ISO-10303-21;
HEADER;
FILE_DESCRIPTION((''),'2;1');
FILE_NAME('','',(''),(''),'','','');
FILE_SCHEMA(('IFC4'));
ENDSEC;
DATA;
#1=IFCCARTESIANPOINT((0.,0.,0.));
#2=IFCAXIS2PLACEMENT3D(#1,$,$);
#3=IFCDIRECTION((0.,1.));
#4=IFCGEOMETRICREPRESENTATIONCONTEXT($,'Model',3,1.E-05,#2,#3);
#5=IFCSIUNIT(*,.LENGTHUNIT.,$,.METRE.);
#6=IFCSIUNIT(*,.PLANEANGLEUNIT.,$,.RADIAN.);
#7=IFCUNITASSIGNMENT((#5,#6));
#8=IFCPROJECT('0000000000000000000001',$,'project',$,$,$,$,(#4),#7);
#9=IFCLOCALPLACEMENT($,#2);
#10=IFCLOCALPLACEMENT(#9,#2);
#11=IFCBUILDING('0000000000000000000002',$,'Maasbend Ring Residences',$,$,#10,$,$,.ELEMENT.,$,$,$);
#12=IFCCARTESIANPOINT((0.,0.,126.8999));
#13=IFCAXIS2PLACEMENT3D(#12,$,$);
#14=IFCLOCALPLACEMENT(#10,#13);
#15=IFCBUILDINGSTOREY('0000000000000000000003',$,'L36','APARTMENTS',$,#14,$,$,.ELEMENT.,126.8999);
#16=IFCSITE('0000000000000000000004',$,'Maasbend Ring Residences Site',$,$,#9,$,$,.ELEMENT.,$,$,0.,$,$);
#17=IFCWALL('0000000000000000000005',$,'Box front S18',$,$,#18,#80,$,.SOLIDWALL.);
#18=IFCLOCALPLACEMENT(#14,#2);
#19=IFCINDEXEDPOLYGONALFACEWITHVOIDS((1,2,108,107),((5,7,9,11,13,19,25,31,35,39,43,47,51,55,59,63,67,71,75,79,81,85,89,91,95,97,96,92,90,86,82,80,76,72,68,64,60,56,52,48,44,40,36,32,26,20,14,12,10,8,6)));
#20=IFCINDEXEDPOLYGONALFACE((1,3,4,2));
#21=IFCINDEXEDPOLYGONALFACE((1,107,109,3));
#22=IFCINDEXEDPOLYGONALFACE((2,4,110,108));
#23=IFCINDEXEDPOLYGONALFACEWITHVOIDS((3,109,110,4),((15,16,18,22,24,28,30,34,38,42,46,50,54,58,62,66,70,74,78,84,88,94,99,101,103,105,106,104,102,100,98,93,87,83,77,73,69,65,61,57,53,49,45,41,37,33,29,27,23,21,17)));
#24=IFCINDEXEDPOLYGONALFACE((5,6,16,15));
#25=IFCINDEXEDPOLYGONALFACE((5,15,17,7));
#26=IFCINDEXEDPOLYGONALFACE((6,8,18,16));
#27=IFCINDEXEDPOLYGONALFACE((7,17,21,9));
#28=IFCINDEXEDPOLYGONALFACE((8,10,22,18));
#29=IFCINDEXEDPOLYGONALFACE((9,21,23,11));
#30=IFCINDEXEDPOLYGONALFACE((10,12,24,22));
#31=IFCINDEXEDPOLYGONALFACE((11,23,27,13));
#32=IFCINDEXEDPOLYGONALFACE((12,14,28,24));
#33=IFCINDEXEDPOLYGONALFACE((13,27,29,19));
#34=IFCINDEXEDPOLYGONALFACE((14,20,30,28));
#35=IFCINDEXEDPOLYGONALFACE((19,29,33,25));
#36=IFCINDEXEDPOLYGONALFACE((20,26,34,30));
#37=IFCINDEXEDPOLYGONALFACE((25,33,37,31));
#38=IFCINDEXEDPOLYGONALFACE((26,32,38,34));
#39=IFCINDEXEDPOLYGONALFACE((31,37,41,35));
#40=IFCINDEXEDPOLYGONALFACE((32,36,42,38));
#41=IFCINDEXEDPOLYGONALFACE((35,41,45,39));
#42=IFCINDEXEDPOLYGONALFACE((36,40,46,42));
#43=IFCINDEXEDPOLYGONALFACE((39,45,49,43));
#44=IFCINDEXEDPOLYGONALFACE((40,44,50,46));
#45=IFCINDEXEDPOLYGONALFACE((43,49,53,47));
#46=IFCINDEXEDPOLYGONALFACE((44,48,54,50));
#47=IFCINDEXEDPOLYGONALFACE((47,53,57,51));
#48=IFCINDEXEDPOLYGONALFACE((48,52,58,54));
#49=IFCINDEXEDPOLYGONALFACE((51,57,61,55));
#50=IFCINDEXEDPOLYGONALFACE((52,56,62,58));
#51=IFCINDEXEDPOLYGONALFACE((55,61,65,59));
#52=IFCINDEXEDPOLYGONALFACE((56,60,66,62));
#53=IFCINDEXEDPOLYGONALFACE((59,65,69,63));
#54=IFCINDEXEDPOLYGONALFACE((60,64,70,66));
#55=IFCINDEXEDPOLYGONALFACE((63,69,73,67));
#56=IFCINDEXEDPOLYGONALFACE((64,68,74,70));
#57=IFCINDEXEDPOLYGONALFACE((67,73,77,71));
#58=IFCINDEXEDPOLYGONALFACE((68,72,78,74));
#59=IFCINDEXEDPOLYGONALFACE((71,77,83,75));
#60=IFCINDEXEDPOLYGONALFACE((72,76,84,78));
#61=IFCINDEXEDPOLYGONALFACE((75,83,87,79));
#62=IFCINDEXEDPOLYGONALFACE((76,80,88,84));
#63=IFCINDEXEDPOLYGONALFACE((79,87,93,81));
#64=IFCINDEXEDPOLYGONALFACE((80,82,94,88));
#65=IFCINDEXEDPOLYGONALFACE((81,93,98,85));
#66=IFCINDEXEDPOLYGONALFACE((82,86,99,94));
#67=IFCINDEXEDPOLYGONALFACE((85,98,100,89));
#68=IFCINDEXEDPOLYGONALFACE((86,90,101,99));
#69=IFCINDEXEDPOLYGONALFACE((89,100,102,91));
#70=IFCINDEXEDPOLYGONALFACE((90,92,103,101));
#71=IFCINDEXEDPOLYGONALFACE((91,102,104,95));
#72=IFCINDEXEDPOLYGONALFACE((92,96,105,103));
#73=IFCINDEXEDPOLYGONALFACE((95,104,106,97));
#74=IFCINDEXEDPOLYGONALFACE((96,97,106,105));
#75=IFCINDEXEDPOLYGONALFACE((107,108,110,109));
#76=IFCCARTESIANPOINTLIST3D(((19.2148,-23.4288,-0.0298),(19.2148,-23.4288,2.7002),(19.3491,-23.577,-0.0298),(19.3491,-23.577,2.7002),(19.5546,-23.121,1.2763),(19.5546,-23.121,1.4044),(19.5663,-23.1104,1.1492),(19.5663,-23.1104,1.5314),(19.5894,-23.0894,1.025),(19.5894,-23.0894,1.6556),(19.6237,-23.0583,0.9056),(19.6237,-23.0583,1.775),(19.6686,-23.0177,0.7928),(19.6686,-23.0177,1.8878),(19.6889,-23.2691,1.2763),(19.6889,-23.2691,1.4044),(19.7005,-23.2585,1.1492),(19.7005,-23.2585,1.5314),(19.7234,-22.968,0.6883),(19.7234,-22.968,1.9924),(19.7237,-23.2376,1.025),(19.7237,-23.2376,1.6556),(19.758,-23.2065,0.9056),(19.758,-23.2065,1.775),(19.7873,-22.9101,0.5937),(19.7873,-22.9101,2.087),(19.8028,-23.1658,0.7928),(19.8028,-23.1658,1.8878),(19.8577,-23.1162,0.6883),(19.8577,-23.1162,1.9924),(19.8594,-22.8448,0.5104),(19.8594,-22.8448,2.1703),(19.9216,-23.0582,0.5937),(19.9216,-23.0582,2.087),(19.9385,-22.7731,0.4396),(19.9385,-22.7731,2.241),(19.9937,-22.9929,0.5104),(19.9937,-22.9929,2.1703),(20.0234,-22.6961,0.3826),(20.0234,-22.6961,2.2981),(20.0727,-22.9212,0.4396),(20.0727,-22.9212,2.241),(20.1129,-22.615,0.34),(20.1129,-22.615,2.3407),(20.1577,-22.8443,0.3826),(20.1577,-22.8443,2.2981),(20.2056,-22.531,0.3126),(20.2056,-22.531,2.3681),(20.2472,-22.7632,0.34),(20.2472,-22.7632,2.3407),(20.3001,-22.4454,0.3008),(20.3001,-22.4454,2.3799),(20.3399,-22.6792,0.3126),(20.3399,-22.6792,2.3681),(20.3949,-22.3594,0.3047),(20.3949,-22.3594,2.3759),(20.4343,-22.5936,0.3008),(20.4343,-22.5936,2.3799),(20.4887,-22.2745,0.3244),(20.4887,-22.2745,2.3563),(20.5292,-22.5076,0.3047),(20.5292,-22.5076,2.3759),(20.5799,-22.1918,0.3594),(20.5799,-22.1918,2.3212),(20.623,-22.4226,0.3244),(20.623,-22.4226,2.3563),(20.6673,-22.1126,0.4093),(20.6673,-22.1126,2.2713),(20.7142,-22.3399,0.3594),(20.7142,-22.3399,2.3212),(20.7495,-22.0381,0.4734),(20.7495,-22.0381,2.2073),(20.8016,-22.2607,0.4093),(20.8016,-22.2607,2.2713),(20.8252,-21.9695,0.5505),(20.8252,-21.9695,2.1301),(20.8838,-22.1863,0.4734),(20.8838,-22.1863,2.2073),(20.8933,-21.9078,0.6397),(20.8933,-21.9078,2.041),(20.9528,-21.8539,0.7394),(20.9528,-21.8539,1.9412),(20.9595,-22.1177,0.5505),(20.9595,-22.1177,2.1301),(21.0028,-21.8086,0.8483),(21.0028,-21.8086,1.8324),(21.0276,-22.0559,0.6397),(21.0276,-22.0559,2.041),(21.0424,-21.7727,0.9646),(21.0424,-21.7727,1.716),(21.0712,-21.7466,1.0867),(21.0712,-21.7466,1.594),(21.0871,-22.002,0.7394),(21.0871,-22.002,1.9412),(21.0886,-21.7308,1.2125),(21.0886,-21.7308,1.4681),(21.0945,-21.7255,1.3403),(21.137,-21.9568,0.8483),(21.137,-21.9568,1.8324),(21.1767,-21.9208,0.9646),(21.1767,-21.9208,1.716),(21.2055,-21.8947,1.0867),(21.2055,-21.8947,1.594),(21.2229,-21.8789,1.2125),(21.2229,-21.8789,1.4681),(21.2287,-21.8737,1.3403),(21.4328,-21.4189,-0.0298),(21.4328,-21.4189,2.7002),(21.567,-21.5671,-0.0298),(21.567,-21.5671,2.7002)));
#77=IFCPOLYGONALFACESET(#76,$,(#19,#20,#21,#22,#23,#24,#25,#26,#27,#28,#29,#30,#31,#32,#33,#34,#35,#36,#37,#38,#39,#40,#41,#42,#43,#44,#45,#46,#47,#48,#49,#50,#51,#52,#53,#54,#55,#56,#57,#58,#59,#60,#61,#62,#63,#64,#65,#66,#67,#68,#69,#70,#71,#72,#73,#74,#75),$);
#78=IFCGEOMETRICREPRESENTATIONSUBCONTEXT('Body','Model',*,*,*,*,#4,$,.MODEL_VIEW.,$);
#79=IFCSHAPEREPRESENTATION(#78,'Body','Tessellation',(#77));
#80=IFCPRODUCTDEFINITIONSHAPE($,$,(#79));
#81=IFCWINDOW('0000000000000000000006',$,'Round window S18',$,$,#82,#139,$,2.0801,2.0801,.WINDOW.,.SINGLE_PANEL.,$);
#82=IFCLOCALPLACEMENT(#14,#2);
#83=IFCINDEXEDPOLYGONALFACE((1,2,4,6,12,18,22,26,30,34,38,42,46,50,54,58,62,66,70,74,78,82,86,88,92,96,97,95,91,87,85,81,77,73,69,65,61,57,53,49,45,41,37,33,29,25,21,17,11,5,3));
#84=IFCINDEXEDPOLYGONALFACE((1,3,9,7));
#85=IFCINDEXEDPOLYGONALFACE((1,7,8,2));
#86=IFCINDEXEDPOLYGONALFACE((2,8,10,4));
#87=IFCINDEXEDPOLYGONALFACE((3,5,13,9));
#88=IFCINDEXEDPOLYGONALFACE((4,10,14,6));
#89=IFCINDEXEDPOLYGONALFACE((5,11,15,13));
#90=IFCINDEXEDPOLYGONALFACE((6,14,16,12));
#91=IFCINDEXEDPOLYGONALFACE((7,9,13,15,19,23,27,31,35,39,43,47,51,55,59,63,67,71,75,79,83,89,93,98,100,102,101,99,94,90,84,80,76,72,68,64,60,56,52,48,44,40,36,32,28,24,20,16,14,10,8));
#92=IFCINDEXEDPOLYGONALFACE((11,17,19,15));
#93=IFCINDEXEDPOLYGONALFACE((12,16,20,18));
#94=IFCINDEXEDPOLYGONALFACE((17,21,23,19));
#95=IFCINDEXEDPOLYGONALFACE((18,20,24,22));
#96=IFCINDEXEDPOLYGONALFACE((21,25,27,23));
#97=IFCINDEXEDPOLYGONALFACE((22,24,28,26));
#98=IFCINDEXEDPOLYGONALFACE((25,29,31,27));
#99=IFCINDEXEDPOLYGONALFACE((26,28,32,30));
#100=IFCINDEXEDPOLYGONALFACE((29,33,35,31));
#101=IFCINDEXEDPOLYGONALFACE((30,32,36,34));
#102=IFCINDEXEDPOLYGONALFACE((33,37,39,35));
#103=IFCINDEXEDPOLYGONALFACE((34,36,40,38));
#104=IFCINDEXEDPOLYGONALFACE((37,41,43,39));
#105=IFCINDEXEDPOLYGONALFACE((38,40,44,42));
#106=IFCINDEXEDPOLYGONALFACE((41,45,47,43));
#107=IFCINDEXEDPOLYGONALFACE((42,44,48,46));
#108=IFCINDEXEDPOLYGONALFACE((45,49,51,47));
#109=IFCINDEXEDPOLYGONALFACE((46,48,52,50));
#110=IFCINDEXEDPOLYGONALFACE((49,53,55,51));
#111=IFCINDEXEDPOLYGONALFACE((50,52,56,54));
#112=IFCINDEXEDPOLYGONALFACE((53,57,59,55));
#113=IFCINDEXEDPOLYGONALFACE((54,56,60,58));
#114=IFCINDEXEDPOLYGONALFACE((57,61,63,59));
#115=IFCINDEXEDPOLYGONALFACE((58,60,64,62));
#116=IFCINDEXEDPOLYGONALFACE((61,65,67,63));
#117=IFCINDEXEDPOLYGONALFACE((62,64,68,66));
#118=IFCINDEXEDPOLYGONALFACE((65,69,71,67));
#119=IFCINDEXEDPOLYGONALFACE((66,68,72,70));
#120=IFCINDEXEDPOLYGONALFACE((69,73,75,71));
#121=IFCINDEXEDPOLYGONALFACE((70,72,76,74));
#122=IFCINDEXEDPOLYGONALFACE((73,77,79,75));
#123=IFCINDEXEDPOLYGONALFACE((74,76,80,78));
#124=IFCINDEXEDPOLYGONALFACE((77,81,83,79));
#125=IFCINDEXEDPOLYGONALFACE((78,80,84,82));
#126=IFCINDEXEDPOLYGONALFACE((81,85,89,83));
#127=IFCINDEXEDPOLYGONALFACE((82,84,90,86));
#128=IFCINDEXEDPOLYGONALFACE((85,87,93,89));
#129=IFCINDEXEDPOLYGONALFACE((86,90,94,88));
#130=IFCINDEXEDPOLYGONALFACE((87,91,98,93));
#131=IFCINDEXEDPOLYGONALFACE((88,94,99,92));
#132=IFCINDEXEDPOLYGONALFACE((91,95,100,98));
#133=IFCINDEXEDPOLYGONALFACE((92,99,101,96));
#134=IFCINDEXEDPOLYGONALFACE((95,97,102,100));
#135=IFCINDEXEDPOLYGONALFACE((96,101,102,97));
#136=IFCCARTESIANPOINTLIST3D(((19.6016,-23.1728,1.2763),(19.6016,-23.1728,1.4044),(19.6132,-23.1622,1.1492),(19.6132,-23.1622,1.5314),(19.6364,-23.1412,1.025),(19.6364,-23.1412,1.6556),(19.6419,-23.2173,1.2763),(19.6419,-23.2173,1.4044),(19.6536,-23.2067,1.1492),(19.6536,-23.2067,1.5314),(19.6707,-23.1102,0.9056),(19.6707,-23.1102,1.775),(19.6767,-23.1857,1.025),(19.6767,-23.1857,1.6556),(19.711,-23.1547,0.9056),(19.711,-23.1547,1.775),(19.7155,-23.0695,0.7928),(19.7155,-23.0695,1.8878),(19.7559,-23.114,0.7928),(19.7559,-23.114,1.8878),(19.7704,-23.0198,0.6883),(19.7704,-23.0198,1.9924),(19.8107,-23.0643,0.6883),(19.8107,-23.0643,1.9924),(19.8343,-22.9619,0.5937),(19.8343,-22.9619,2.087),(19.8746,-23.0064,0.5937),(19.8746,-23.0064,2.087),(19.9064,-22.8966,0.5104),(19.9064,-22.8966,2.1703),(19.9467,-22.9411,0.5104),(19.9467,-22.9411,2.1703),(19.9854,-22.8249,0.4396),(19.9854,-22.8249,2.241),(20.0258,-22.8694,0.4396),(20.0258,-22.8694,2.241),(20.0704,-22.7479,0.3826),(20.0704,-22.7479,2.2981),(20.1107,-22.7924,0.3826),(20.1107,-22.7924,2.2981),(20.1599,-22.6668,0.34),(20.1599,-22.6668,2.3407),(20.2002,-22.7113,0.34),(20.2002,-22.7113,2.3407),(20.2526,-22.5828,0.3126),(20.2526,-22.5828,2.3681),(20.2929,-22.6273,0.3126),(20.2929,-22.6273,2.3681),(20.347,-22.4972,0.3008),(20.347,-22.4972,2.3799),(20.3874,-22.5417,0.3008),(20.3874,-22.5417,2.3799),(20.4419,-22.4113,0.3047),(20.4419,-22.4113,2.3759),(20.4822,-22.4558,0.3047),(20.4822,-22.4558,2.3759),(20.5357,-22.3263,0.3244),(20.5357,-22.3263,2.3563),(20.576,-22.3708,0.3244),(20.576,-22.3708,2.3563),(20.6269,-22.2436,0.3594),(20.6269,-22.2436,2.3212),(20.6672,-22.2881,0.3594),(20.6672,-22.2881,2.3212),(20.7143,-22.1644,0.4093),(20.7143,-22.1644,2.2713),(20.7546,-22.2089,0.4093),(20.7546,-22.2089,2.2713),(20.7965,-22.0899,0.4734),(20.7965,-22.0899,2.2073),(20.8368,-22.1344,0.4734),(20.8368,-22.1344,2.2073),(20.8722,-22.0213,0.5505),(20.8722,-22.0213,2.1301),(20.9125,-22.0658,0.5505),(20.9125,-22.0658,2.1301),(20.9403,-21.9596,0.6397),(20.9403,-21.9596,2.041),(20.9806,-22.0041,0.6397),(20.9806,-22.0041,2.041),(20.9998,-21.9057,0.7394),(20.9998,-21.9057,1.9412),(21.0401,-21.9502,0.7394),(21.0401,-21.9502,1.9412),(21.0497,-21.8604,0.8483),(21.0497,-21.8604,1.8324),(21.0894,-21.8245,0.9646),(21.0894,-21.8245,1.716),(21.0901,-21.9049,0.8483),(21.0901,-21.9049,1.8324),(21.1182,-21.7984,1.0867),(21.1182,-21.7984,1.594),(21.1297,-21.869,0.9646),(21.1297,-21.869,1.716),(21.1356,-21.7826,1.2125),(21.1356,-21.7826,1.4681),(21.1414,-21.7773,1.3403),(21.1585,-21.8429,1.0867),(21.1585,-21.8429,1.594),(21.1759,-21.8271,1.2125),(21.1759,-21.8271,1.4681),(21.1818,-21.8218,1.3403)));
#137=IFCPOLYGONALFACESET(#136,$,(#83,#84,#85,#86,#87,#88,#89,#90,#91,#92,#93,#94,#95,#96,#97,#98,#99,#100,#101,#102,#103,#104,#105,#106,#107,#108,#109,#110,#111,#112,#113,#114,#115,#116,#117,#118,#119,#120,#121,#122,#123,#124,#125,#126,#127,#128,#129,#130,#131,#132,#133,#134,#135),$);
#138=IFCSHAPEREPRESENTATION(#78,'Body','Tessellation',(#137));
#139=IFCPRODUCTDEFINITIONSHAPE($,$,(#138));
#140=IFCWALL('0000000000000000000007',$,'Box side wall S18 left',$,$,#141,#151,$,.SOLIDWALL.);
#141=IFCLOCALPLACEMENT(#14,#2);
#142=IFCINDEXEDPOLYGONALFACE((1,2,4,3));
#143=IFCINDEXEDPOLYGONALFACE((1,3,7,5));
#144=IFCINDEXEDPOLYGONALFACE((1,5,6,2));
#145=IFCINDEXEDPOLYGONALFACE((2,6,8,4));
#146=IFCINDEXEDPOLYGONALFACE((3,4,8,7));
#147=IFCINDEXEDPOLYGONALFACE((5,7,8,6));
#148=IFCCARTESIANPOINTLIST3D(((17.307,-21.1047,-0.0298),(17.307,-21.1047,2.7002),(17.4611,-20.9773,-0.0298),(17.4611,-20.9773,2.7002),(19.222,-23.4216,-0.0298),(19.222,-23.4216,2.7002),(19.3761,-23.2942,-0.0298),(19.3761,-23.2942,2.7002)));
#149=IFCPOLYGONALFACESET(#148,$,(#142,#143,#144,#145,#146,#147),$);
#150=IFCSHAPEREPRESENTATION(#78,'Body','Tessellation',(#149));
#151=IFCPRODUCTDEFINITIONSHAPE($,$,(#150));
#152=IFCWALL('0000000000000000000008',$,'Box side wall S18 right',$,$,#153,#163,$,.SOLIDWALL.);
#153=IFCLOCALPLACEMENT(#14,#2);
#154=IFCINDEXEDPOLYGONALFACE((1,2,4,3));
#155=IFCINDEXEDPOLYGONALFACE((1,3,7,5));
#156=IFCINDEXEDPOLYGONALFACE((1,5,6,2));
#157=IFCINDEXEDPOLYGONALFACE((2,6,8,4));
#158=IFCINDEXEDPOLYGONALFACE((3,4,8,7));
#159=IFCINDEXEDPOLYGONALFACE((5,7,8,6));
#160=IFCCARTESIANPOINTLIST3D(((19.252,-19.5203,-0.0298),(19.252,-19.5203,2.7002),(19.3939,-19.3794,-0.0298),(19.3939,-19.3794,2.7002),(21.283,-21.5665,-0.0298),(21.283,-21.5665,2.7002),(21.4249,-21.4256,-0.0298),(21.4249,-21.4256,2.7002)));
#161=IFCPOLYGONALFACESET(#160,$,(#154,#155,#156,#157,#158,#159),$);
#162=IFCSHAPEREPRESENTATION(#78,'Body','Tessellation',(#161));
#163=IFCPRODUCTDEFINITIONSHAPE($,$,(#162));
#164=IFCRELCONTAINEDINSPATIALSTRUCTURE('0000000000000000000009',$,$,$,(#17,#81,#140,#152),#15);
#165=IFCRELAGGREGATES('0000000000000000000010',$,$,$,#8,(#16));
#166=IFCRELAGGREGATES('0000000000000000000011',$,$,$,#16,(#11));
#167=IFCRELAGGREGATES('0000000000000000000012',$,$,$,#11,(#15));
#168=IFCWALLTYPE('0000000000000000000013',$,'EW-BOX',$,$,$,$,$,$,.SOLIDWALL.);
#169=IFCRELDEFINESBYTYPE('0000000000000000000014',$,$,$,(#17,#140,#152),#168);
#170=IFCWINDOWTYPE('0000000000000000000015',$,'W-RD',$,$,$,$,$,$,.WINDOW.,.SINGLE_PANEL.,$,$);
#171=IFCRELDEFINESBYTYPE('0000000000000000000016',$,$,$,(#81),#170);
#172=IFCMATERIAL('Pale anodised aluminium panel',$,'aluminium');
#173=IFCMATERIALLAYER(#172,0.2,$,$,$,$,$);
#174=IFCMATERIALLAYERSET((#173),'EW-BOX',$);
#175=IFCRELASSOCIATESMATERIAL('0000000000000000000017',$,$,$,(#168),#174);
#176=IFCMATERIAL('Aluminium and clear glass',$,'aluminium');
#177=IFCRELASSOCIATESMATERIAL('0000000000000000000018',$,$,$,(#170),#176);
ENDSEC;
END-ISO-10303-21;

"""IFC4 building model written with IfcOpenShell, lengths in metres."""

from ifc_helpers import new_model, si_unit, direction, frame, frame_2d, origin, place, context, subcontext, project, spatial, rectangle, circle, extrude, material, layer, layer_set, type_object, element, fill, save


model = new_model("IFC4")

# Units and contexts
model_context = context("Model", 3, precision=1e-05, world=origin(), true_north=direction((0.0, 1.0)))
body_context = subcontext(model_context, "Body", "Model", "MODEL_VIEW")
ifc_project = project(units=[si_unit("LENGTHUNIT", "METRE"), si_unit("PLANEANGLEUNIT", "RADIAN")], contexts=[model_context])

# Site, building, storey
site_placement = place(None, origin())
site = spatial("IfcSite", under=ifc_project, at=site_placement, Name="Maasbend Ring Residences Site", CompositionType="ELEMENT", RefElevation=0.0)
building_placement = place(site_placement, origin())
building = spatial("IfcBuilding", under=site, at=building_placement, Name="Maasbend Ring Residences", CompositionType="ELEMENT")
storey_placement = place(building_placement, frame((0.0, 0.0, 126.8999)))
storey = spatial("IfcBuildingStorey", under=building, at=storey_placement, Name="L36", Description="APARTMENTS", CompositionType="ELEMENT", Elevation=126.8999)

# Shared definitions
ifc_material_1 = material(Name="Pale anodised aluminium panel", Category="aluminium")
ifc_layer_1 = layer(ifc_material_1, 0.2)
ifc_layer_set_1 = layer_set([ifc_layer_1], Name="EW-BOX")
wall_type_1 = type_object("IfcWallType", Name="EW-BOX", PredefinedType="SOLIDWALL", material=ifc_layer_set_1)
ifc_material_2 = material(Name="Aluminium and clear glass", Category="aluminium")
window_type_1 = type_object("IfcWindowType", Name="W-RD", PartitioningType="SINGLE_PANEL", PredefinedType="WINDOW", material=ifc_material_2)

# Wall, opening, window
wall_1_placement = place(storey_placement, frame((19.282, -23.5029, -0.0298), z_axis=(0.0, 0.0, 1.0), x_axis=(0.740998, 0.671507, 0.0)))
wall_1 = element("IfcWall", 1, at=wall_1_placement, inside=storey, type_object=wall_type_1, Name="Box front S18", PredefinedType="SOLIDWALL", context=body_context, shape_type="SweptSolid", body=[
    extrude(rectangle(XDim=2.9932, YDim=0.2, at=frame_2d((1.4966, 0.0))), origin(), (0.0, 0.0, 1.0), 2.73),
])
opening_1_placement = place(wall_1_placement, frame((0.4565, 0.0, 0.3301)))
opening_1 = element("IfcOpeningElement", 2, at=opening_1_placement, cuts=wall_1, PredefinedType="OPENING", context=body_context, shape_type="SweptSolid", body=[
    extrude(circle(Radius=1.04, at=frame_2d((1.04, 1.04))), frame((0.0, 0.1099, 0.0), z_axis=(0.0, -1.0, 0.0), x_axis=(1.0, 0.0, 0.0)), (0.0, 0.0, 1.0), 0.22),
])
window_1_placement = place(opening_1_placement, origin())
window_1 = element("IfcWindow", 3, at=window_1_placement, inside=storey, type_object=window_type_1, Name="Round window S18", OverallHeight=2.0801, OverallWidth=2.0801, PartitioningType="SINGLE_PANEL", PredefinedType="WINDOW", context=body_context, shape_type="SweptSolid", body=[
    extrude(circle(Radius=1.04, at=frame_2d((1.04, 1.04))), frame((0.0, 0.03, 0.0), z_axis=(0.0, -1.0, 0.0), x_axis=(1.0, 0.0, 0.0)), (0.0, 0.0, 1.0), 0.0601),
])
fill(opening_1, window_1)

# Walls
wall_2_placement = place(storey_placement, frame((17.384, -21.041, -0.0298), z_axis=(0.0, 0.0, 1.0), x_axis=(0.637096, -0.770785, 0.0)))
element("IfcWall", 4, at=wall_2_placement, inside=storey, type_object=wall_type_1, Name="Box side wall S18 left", PredefinedType="SOLIDWALL", context=body_context, shape_type="SweptSolid", body=[
    extrude(rectangle(XDim=3.0059, YDim=0.2, at=frame_2d((1.5029, 0.0))), origin(), (0.0, 0.0, 1.0), 2.73),
])
wall_3_placement = place(storey_placement, frame((19.323, -19.45, -0.0298), z_axis=(0.0, 0.0, 1.0), x_axis=(0.704477, -0.709727, 0.0)))
element("IfcWall", 5, at=wall_3_placement, inside=storey, type_object=wall_type_1, Name="Box side wall S18 right", PredefinedType="SOLIDWALL", context=body_context, shape_type="SweptSolid", body=[
    extrude(rectangle(XDim=2.8831, YDim=0.2, at=frame_2d((1.4414, 0.0))), origin(), (0.0, 0.0, 1.0), 2.73),
])

save(model, "model.ifc")
